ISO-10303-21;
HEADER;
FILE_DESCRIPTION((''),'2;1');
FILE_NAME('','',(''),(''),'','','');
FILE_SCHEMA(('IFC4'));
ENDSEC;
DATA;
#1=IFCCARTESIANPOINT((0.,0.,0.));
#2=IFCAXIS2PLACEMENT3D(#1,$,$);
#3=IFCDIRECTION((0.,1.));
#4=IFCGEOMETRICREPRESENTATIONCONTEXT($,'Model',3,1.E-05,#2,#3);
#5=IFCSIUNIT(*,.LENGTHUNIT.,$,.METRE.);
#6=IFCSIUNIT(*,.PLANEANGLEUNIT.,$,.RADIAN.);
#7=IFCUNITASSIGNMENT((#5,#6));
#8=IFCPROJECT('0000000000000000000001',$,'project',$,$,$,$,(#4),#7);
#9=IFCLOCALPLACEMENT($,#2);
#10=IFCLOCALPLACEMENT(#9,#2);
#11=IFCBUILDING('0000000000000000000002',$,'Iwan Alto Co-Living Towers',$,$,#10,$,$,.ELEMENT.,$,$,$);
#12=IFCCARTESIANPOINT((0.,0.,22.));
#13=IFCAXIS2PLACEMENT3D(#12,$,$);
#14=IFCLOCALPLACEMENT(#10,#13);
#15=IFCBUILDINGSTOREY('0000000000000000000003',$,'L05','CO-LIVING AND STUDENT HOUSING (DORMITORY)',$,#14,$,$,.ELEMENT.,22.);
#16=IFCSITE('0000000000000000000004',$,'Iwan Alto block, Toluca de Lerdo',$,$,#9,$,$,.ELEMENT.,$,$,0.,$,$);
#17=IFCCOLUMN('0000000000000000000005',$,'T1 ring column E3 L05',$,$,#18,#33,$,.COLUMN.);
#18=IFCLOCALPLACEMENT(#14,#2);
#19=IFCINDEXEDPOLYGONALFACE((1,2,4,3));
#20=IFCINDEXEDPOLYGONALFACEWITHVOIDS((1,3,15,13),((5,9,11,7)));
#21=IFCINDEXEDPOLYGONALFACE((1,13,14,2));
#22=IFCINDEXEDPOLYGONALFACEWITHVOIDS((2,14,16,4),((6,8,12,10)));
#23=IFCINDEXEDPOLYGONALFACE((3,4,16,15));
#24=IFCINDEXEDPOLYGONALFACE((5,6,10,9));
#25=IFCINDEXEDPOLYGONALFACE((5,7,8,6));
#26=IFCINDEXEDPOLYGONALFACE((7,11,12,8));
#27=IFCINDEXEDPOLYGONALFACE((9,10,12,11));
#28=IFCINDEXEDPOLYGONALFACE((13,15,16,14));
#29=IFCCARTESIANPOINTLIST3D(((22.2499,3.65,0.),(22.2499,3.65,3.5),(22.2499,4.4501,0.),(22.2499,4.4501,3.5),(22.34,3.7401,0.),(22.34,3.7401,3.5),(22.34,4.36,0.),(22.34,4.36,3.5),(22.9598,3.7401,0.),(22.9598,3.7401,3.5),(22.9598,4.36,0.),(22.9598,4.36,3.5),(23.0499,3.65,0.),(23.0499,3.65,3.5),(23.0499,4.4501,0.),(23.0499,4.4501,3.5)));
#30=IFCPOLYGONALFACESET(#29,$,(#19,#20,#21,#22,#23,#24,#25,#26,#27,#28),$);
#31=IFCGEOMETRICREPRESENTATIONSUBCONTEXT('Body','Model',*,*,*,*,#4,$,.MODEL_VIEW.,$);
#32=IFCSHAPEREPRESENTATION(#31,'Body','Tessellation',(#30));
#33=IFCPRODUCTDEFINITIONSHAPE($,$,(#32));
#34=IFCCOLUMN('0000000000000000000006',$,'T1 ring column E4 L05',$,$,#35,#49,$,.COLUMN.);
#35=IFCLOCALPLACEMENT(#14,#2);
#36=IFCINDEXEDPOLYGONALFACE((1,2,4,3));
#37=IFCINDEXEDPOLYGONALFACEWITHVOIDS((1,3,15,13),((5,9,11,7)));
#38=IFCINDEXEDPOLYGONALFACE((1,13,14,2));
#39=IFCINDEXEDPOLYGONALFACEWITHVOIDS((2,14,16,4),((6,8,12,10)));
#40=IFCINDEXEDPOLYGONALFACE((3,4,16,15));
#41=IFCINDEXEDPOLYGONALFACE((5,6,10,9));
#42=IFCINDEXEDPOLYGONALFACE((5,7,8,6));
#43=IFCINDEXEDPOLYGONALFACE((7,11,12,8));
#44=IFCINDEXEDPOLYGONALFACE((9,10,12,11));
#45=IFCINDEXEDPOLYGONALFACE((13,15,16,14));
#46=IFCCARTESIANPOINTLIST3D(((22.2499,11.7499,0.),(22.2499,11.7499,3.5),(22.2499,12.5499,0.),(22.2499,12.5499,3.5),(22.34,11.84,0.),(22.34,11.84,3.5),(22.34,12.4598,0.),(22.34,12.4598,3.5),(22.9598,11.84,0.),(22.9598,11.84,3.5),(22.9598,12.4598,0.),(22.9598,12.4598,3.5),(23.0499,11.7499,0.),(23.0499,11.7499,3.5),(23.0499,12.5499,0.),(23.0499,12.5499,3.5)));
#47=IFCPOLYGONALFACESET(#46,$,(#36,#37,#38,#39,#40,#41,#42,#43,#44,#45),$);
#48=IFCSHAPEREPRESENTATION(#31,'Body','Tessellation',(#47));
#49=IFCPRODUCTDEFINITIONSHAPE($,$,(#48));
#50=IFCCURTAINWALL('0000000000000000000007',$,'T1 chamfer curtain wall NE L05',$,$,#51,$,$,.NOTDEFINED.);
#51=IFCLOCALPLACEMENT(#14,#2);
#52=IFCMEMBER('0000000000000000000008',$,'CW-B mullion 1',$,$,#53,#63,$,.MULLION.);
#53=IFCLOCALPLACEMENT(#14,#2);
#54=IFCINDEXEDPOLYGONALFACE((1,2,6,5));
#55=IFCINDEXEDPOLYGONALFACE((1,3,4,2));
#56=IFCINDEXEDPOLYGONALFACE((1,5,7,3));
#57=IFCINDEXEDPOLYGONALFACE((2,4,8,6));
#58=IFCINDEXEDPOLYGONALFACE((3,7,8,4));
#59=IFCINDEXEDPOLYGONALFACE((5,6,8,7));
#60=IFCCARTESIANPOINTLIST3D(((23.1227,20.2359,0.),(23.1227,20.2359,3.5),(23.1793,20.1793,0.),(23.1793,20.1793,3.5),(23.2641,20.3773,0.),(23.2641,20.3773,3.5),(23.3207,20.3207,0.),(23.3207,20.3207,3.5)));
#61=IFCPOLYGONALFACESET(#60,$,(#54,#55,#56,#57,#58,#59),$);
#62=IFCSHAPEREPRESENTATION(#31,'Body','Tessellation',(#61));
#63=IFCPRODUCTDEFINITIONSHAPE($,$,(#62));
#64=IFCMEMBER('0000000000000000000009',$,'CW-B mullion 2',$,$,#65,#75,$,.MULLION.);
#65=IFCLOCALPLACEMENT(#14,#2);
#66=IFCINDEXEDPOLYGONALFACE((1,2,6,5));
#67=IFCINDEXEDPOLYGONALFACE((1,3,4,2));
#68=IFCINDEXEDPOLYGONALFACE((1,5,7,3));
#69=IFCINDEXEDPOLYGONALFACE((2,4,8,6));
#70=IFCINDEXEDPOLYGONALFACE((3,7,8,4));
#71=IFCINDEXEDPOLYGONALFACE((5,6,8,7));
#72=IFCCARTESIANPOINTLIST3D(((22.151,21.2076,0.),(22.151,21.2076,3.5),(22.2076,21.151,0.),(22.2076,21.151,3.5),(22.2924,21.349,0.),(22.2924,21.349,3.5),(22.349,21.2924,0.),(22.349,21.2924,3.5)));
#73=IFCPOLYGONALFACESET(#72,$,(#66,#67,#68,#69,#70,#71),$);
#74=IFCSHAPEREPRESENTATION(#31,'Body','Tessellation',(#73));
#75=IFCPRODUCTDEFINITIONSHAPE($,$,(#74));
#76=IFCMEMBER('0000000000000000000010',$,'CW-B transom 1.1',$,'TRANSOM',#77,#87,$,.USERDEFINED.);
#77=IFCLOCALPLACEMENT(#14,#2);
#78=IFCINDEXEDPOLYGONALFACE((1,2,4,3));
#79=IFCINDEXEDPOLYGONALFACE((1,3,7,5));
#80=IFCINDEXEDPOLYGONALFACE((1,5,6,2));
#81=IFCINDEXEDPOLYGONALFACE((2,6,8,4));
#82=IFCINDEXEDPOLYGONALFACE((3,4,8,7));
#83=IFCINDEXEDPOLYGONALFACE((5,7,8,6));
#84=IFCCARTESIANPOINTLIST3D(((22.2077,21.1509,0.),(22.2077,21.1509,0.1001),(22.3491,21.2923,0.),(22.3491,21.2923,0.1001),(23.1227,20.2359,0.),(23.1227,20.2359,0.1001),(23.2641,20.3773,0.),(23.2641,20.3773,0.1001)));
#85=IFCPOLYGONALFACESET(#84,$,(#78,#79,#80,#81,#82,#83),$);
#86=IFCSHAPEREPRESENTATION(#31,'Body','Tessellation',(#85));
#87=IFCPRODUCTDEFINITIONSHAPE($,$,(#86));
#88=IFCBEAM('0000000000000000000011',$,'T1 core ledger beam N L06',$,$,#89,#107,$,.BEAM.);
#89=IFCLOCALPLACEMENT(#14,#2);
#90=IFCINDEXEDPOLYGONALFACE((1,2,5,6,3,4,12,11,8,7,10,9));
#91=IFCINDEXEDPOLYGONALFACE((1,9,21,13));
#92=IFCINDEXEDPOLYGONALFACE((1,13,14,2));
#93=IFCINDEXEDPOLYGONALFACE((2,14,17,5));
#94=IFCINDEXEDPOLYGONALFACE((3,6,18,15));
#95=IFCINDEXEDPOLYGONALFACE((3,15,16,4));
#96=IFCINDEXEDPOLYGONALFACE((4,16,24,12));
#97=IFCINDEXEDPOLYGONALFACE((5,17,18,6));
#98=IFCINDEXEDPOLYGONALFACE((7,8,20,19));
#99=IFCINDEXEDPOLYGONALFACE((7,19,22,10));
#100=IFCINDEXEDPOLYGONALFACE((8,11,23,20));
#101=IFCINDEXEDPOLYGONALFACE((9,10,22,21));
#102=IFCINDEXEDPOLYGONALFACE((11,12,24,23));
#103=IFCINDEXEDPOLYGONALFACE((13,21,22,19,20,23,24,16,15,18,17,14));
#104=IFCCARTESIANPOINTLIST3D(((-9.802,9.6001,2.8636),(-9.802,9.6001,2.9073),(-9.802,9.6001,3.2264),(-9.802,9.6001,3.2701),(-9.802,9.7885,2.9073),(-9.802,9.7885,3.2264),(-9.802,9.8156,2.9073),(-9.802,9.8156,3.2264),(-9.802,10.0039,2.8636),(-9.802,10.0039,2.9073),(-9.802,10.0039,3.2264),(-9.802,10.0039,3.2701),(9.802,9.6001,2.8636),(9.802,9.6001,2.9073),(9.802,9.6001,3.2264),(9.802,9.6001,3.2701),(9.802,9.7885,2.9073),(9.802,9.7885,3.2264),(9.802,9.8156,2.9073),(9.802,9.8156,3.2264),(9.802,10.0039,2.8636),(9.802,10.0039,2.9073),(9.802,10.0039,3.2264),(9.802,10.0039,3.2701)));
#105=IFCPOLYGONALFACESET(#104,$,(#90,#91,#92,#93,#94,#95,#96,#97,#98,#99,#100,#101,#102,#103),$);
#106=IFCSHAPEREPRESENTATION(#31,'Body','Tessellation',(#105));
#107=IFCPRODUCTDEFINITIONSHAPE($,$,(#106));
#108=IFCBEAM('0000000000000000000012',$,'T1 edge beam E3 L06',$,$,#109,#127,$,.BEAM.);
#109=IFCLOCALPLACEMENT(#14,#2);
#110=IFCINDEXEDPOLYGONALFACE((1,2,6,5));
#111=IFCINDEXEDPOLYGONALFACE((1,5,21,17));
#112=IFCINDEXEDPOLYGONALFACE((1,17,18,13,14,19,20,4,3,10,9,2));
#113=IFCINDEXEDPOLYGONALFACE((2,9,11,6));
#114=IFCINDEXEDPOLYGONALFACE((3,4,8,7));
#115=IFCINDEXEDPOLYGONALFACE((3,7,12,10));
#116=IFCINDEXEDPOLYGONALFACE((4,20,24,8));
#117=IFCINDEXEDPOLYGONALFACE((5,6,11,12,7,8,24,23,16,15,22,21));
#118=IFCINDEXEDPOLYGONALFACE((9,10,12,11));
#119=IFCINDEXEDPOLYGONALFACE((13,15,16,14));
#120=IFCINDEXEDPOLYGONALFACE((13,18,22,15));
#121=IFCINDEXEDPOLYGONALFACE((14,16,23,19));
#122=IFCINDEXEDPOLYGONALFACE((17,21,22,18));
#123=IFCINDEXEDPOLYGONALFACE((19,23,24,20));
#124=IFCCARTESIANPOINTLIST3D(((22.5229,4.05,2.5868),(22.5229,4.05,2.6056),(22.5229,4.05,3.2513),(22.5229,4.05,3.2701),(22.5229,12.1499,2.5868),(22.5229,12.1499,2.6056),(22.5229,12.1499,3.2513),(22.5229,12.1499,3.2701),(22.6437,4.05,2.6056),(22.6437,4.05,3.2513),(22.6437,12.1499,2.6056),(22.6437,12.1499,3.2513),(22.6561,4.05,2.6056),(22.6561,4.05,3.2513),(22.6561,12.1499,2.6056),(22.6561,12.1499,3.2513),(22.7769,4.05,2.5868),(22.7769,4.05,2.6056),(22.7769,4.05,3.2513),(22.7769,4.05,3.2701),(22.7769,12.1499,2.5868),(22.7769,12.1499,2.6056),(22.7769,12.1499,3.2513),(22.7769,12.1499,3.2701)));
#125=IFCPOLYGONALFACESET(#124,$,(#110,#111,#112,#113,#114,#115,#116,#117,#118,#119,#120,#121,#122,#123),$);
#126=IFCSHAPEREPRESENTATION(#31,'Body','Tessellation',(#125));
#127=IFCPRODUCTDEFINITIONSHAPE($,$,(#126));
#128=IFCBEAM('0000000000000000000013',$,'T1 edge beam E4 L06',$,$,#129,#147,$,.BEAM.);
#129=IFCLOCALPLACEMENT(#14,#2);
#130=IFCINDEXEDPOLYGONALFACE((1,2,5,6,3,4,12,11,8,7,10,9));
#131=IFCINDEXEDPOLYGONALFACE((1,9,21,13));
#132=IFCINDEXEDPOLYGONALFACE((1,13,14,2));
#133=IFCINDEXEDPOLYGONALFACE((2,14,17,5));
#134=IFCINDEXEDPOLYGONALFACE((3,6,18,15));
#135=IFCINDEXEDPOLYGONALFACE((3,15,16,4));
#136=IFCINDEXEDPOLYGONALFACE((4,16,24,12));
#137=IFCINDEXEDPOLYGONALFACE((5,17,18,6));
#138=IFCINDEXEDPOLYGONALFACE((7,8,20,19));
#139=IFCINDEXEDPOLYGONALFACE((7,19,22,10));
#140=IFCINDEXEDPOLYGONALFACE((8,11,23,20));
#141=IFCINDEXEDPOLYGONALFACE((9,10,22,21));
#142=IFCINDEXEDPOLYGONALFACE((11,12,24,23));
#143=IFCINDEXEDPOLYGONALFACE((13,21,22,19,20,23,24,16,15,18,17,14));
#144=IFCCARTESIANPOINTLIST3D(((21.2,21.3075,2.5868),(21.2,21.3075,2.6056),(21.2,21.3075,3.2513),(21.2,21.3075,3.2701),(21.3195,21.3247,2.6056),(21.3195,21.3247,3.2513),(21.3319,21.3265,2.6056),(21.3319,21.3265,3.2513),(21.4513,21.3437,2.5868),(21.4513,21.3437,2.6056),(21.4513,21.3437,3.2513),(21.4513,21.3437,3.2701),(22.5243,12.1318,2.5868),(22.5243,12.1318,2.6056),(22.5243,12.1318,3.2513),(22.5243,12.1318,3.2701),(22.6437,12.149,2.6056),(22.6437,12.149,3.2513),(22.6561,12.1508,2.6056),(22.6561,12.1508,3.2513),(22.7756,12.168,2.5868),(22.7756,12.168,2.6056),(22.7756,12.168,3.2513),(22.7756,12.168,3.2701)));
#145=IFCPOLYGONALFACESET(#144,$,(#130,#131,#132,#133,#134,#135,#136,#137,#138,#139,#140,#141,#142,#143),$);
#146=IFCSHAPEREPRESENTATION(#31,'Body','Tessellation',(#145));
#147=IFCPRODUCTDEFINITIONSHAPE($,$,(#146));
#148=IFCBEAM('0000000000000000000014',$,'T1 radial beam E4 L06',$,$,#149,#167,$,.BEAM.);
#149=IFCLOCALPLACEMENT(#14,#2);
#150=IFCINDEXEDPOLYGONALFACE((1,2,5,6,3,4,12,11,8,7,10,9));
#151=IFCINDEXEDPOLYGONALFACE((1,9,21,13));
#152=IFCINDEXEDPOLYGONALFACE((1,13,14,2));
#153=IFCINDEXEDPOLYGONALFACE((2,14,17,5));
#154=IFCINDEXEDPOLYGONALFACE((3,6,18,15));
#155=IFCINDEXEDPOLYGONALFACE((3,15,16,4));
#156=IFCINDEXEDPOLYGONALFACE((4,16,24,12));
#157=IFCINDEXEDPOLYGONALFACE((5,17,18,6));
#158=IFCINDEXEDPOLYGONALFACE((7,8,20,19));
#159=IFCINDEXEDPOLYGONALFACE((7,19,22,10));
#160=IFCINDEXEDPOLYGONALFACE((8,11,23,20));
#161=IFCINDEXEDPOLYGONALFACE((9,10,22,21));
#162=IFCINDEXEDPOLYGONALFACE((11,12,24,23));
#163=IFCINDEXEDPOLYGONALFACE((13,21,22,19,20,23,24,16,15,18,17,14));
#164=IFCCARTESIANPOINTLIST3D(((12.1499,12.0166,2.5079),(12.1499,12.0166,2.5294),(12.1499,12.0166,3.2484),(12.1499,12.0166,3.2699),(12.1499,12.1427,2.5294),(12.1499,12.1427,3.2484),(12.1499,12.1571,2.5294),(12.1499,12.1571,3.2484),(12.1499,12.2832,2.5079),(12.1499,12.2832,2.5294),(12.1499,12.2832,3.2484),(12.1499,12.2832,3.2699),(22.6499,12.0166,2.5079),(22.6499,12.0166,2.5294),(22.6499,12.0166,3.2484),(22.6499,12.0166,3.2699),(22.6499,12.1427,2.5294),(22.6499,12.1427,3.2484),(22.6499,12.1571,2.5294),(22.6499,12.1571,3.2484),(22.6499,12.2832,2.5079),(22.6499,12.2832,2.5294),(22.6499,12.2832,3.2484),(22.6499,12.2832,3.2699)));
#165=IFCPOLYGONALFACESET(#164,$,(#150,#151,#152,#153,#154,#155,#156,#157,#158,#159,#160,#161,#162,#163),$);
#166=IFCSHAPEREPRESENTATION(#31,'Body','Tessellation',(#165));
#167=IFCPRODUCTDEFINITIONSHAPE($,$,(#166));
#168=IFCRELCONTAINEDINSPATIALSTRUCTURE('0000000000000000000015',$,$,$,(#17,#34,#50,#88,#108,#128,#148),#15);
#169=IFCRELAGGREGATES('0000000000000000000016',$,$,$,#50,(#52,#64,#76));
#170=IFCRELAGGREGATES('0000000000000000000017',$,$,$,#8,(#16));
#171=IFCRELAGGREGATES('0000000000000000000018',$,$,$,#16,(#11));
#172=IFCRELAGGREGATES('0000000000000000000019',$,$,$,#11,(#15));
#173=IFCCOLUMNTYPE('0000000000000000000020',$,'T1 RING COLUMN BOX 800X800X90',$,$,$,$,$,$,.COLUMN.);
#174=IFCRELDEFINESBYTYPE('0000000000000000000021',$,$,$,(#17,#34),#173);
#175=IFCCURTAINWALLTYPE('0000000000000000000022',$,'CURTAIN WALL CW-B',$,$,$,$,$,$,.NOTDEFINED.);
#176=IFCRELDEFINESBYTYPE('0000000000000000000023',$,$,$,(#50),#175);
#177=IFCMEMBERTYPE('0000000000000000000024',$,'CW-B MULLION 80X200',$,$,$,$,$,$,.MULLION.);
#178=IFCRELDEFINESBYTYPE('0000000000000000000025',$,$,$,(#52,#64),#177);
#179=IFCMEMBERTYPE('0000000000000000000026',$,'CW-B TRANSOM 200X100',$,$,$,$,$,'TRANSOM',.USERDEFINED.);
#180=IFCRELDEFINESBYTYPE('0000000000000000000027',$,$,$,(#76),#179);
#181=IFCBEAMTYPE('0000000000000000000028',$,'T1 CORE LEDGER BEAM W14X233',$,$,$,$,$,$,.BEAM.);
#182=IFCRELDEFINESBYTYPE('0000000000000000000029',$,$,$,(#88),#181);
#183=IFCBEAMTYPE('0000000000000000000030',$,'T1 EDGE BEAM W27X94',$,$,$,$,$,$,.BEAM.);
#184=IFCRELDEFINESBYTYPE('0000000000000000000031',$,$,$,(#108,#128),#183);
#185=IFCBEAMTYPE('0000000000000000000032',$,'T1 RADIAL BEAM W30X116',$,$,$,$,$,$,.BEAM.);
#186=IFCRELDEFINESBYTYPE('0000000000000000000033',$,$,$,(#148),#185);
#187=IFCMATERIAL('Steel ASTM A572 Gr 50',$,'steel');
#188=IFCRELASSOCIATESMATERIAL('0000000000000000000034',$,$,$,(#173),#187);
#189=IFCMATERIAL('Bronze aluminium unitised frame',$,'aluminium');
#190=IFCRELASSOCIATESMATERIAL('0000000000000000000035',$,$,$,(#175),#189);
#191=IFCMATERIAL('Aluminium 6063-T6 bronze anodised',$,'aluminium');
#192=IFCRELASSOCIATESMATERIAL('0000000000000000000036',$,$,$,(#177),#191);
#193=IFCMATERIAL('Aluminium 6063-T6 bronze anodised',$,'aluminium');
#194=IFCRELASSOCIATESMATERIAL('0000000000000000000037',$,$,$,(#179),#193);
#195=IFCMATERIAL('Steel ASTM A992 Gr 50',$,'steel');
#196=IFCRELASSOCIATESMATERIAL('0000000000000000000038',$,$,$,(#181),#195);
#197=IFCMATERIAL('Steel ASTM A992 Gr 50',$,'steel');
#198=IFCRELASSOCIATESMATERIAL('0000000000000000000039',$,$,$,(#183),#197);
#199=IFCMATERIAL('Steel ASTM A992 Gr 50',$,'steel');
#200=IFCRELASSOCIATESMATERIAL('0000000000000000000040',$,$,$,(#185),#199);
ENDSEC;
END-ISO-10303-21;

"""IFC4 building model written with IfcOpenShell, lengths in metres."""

from ifc_helpers import new_model, si_unit, direction, frame, origin, origin_2d, place, context, subcontext, project, spatial, rectangle, hollow_rectangle, i_section, extrude, material, material_profile, profile_set, type_object, element, aggregate, save


model = new_model("IFC4")

# Units and contexts
model_context = context("Model", 3, precision=1e-05, world=origin(), true_north=direction((0.0, 1.0)))
body_context = subcontext(model_context, "Body", "Model", "MODEL_VIEW")
ifc_project = project(units=[si_unit("LENGTHUNIT", "METRE"), si_unit("PLANEANGLEUNIT", "RADIAN")], contexts=[model_context])

# Site, building, storey
site_placement = place(None, origin())
site = spatial("IfcSite", under=ifc_project, at=site_placement, Name="Iwan Alto block, Toluca de Lerdo", CompositionType="ELEMENT", RefElevation=0.0)
building_placement = place(site_placement, origin())
building = spatial("IfcBuilding", under=site, at=building_placement, Name="Iwan Alto Co-Living Towers", CompositionType="ELEMENT")
storey_placement = place(building_placement, frame((0.0, 0.0, 22.0)))
storey = spatial("IfcBuildingStorey", under=building, at=storey_placement, Name="L05", Description="CO-LIVING AND STUDENT HOUSING (DORMITORY)", CompositionType="ELEMENT", Elevation=22.0)

# Columns
ifc_material_1 = material(Name="Steel ASTM A572 Gr 50", Category="steel")
ifc_material_profile_1 = material_profile(ifc_material_1, hollow_rectangle(XDim=0.8, YDim=0.8, WallThickness=0.0901, at=origin_2d()), Name="BOX 800X800X90")
ifc_profile_set_1 = profile_set([ifc_material_profile_1], Name="Steel ASTM A572 Gr 50")
column_type = type_object("IfcColumnType", Name="T1 RING COLUMN BOX 800X800X90", PredefinedType="COLUMN", material=ifc_profile_set_1)
for number, where, z_axis, x_axis, name in (
    (1, (22.6499, 4.05, 0.0), (0.0, 0.0, 1.0), (1.0, 0.0, 0.0), "T1 ring column E3 L05"),
    (2, (22.6499, 12.1499, 0.0), (0.0, 0.0, 1.0), (1.0, 0.0, 0.0), "T1 ring column E4 L05"),
):
    element("IfcColumn", number, at=place(storey_placement, frame(where, z_axis=z_axis, x_axis=x_axis)), inside=storey, type_object=column_type, Name=name, PredefinedType="COLUMN", context=body_context, shape_type="SweptSolid", body=[
        extrude(hollow_rectangle(XDim=0.8, YDim=0.8, WallThickness=0.0901, at=origin_2d()), origin(), (0.0, 0.0, 1.0), 3.5),
    ])

# Curtain wall, members
ifc_material_2 = material(Name="Bronze aluminium unitised frame", Category="aluminium")
curtain_wall_type = type_object("IfcCurtainWallType", Name="CURTAIN WALL CW-B", PredefinedType="NOTDEFINED", material=ifc_material_2)
curtain_wall_placement = place(storey_placement, origin())
curtain_wall = element("IfcCurtainWall", 3, at=curtain_wall_placement, inside=storey, type_object=curtain_wall_type, Name="T1 chamfer curtain wall NE L05", PredefinedType="NOTDEFINED")
ifc_material_3 = material(Name="Aluminium 6063-T6 bronze anodised", Category="aluminium")
ifc_material_profile_2 = material_profile(ifc_material_3, rectangle(XDim=0.2, YDim=0.0801, at=origin_2d()), Name="AL 80X200")
ifc_profile_set_2 = profile_set([ifc_material_profile_2], Name="Aluminium 6063-T6 bronze anodised")
member_type_1 = type_object("IfcMemberType", Name="CW-B MULLION 80X200", PredefinedType="MULLION", material=ifc_profile_set_2)
member_1_placement = place(storey_placement, frame((23.2217, 20.2783, 0.0), z_axis=(0.0, 0.0, 1.0), x_axis=(-0.707107, -0.707107, 0.0)))
member_1 = element("IfcMember", 4, at=member_1_placement, type_object=member_type_1, Name="CW-B mullion 1", PredefinedType="MULLION", context=body_context, shape_type="SweptSolid", body=[
    extrude(rectangle(XDim=0.2, YDim=0.0801, at=origin_2d()), origin(), (0.0, 0.0, 1.0), 3.5),
])
member_2_placement = place(storey_placement, frame((22.25, 21.25, 0.0), z_axis=(0.0, 0.0, 1.0), x_axis=(-0.707107, -0.707107, 0.0)))
member_2 = element("IfcMember", 5, at=member_2_placement, type_object=member_type_1, Name="CW-B mullion 2", PredefinedType="MULLION", context=body_context, shape_type="SweptSolid", body=[
    extrude(rectangle(XDim=0.2, YDim=0.0801, at=origin_2d()), origin(), (0.0, 0.0, 1.0), 3.5),
])
ifc_material_4 = material(Name="Aluminium 6063-T6 bronze anodised", Category="aluminium")
ifc_material_profile_3 = material_profile(ifc_material_4, rectangle(XDim=0.2, YDim=0.1001, at=origin_2d()), Name="AL 200X100")
ifc_profile_set_3 = profile_set([ifc_material_profile_3], Name="Aluminium 6063-T6 bronze anodised")
member_type_2 = type_object("IfcMemberType", Name="CW-B TRANSOM 200X100", ElementType="TRANSOM", PredefinedType="USERDEFINED", material=ifc_profile_set_3)
member_3_placement = place(storey_placement, frame((23.1934, 20.3066, 0.05), z_axis=(-0.707107, 0.707107, 0.0), x_axis=(-0.707107, -0.707107, 0.0)))
member_3 = element("IfcMember", 6, at=member_3_placement, type_object=member_type_2, Name="CW-B transom 1.1", ObjectType="TRANSOM", PredefinedType="USERDEFINED", context=body_context, shape_type="SweptSolid", body=[
    extrude(rectangle(XDim=0.2, YDim=0.1001, at=origin_2d()), origin(), (0.0, 0.0, 1.0), 1.2939),
])

# Beams
ifc_material_5 = material(Name="Steel ASTM A992 Gr 50", Category="steel")
ifc_material_profile_4 = material_profile(ifc_material_5, i_section(OverallWidth=0.4038, OverallDepth=0.4065, WebThickness=0.0271, FlangeThickness=0.0437, at=origin_2d()), Name="W14X233")
ifc_profile_set_4 = profile_set([ifc_material_profile_4], Name="Steel ASTM A992 Gr 50")
beam_type_1 = type_object("IfcBeamType", Name="T1 CORE LEDGER BEAM W14X233", PredefinedType="BEAM", material=ifc_profile_set_4)
beam_1_placement = place(storey_placement, frame((9.802, 9.802, 3.0669), z_axis=(-1.0, 0.0, 0.0), x_axis=(0.0, -1.0, 0.0)))
element("IfcBeam", 7, at=beam_1_placement, inside=storey, type_object=beam_type_1, Name="T1 core ledger beam N L06", PredefinedType="BEAM", context=body_context, shape_type="SweptSolid", body=[
    extrude(i_section(OverallWidth=0.4038, OverallDepth=0.4065, WebThickness=0.0271, FlangeThickness=0.0437, at=origin_2d()), origin(), (0.0, 0.0, 1.0), 19.604),
])
ifc_material_6 = material(Name="Steel ASTM A992 Gr 50", Category="steel")
ifc_material_profile_5 = material_profile(ifc_material_6, i_section(OverallWidth=0.2539, OverallDepth=0.6833, WebThickness=0.0125, FlangeThickness=0.0188, at=origin_2d()), Name="W27X94")
ifc_profile_set_5 = profile_set([ifc_material_profile_5], Name="Steel ASTM A992 Gr 50")
beam_type_2 = type_object("IfcBeamType", Name="T1 EDGE BEAM W27X94", PredefinedType="BEAM", material=ifc_profile_set_5)
beam_2_placement = place(storey_placement, frame((22.6499, 4.05, 2.9285), z_axis=(0.0, 1.0, 0.0), x_axis=(-1.0, 0.0, 0.0)))
element("IfcBeam", 8, at=beam_2_placement, inside=storey, type_object=beam_type_2, Name="T1 edge beam E3 L06", PredefinedType="BEAM", context=body_context, shape_type="SweptSolid", body=[
    extrude(i_section(OverallWidth=0.2539, OverallDepth=0.6833, WebThickness=0.0125, FlangeThickness=0.0188, at=origin_2d()), origin(), (0.0, 0.0, 1.0), 8.0999),
])
beam_3_placement = place(storey_placement, frame((22.6499, 12.1499, 2.9285), z_axis=(-0.142837, 0.989746, 0.0), x_axis=(-0.989746, -0.142837, 0.0)))
element("IfcBeam", 9, at=beam_3_placement, inside=storey, type_object=beam_type_2, Name="T1 edge beam E4 L06", PredefinedType="BEAM", context=body_context, shape_type="SweptSolid", body=[
    extrude(i_section(OverallWidth=0.2539, OverallDepth=0.6833, WebThickness=0.0125, FlangeThickness=0.0188, at=origin_2d()), origin(), (0.0, 0.0, 1.0), 9.2708),
])
ifc_material_7 = material(Name="Steel ASTM A992 Gr 50", Category="steel")
ifc_material_profile_6 = material_profile(ifc_material_7, i_section(OverallWidth=0.2666, OverallDepth=0.762, WebThickness=0.0144, FlangeThickness=0.0215, at=origin_2d()), Name="W30X116")
ifc_profile_set_6 = profile_set([ifc_material_profile_6], Name="Steel ASTM A992 Gr 50")
beam_type_3 = type_object("IfcBeamType", Name="T1 RADIAL BEAM W30X116", PredefinedType="BEAM", material=ifc_profile_set_6)
beam_4_placement = place(storey_placement, frame((22.6499, 12.1499, 2.8889), z_axis=(-1.0, 0.0, 0.0), x_axis=(0.0, -1.0, 0.0)))
element("IfcBeam", 10, at=beam_4_placement, inside=storey, type_object=beam_type_3, Name="T1 radial beam E4 L06", PredefinedType="BEAM", context=body_context, shape_type="SweptSolid", body=[
    extrude(i_section(OverallWidth=0.2666, OverallDepth=0.762, WebThickness=0.0144, FlangeThickness=0.0215, at=origin_2d()), origin(), (0.0, 0.0, 1.0), 10.5),
])

aggregate(curtain_wall, [member_1, member_2, member_3])

save(model, "model.ifc")
